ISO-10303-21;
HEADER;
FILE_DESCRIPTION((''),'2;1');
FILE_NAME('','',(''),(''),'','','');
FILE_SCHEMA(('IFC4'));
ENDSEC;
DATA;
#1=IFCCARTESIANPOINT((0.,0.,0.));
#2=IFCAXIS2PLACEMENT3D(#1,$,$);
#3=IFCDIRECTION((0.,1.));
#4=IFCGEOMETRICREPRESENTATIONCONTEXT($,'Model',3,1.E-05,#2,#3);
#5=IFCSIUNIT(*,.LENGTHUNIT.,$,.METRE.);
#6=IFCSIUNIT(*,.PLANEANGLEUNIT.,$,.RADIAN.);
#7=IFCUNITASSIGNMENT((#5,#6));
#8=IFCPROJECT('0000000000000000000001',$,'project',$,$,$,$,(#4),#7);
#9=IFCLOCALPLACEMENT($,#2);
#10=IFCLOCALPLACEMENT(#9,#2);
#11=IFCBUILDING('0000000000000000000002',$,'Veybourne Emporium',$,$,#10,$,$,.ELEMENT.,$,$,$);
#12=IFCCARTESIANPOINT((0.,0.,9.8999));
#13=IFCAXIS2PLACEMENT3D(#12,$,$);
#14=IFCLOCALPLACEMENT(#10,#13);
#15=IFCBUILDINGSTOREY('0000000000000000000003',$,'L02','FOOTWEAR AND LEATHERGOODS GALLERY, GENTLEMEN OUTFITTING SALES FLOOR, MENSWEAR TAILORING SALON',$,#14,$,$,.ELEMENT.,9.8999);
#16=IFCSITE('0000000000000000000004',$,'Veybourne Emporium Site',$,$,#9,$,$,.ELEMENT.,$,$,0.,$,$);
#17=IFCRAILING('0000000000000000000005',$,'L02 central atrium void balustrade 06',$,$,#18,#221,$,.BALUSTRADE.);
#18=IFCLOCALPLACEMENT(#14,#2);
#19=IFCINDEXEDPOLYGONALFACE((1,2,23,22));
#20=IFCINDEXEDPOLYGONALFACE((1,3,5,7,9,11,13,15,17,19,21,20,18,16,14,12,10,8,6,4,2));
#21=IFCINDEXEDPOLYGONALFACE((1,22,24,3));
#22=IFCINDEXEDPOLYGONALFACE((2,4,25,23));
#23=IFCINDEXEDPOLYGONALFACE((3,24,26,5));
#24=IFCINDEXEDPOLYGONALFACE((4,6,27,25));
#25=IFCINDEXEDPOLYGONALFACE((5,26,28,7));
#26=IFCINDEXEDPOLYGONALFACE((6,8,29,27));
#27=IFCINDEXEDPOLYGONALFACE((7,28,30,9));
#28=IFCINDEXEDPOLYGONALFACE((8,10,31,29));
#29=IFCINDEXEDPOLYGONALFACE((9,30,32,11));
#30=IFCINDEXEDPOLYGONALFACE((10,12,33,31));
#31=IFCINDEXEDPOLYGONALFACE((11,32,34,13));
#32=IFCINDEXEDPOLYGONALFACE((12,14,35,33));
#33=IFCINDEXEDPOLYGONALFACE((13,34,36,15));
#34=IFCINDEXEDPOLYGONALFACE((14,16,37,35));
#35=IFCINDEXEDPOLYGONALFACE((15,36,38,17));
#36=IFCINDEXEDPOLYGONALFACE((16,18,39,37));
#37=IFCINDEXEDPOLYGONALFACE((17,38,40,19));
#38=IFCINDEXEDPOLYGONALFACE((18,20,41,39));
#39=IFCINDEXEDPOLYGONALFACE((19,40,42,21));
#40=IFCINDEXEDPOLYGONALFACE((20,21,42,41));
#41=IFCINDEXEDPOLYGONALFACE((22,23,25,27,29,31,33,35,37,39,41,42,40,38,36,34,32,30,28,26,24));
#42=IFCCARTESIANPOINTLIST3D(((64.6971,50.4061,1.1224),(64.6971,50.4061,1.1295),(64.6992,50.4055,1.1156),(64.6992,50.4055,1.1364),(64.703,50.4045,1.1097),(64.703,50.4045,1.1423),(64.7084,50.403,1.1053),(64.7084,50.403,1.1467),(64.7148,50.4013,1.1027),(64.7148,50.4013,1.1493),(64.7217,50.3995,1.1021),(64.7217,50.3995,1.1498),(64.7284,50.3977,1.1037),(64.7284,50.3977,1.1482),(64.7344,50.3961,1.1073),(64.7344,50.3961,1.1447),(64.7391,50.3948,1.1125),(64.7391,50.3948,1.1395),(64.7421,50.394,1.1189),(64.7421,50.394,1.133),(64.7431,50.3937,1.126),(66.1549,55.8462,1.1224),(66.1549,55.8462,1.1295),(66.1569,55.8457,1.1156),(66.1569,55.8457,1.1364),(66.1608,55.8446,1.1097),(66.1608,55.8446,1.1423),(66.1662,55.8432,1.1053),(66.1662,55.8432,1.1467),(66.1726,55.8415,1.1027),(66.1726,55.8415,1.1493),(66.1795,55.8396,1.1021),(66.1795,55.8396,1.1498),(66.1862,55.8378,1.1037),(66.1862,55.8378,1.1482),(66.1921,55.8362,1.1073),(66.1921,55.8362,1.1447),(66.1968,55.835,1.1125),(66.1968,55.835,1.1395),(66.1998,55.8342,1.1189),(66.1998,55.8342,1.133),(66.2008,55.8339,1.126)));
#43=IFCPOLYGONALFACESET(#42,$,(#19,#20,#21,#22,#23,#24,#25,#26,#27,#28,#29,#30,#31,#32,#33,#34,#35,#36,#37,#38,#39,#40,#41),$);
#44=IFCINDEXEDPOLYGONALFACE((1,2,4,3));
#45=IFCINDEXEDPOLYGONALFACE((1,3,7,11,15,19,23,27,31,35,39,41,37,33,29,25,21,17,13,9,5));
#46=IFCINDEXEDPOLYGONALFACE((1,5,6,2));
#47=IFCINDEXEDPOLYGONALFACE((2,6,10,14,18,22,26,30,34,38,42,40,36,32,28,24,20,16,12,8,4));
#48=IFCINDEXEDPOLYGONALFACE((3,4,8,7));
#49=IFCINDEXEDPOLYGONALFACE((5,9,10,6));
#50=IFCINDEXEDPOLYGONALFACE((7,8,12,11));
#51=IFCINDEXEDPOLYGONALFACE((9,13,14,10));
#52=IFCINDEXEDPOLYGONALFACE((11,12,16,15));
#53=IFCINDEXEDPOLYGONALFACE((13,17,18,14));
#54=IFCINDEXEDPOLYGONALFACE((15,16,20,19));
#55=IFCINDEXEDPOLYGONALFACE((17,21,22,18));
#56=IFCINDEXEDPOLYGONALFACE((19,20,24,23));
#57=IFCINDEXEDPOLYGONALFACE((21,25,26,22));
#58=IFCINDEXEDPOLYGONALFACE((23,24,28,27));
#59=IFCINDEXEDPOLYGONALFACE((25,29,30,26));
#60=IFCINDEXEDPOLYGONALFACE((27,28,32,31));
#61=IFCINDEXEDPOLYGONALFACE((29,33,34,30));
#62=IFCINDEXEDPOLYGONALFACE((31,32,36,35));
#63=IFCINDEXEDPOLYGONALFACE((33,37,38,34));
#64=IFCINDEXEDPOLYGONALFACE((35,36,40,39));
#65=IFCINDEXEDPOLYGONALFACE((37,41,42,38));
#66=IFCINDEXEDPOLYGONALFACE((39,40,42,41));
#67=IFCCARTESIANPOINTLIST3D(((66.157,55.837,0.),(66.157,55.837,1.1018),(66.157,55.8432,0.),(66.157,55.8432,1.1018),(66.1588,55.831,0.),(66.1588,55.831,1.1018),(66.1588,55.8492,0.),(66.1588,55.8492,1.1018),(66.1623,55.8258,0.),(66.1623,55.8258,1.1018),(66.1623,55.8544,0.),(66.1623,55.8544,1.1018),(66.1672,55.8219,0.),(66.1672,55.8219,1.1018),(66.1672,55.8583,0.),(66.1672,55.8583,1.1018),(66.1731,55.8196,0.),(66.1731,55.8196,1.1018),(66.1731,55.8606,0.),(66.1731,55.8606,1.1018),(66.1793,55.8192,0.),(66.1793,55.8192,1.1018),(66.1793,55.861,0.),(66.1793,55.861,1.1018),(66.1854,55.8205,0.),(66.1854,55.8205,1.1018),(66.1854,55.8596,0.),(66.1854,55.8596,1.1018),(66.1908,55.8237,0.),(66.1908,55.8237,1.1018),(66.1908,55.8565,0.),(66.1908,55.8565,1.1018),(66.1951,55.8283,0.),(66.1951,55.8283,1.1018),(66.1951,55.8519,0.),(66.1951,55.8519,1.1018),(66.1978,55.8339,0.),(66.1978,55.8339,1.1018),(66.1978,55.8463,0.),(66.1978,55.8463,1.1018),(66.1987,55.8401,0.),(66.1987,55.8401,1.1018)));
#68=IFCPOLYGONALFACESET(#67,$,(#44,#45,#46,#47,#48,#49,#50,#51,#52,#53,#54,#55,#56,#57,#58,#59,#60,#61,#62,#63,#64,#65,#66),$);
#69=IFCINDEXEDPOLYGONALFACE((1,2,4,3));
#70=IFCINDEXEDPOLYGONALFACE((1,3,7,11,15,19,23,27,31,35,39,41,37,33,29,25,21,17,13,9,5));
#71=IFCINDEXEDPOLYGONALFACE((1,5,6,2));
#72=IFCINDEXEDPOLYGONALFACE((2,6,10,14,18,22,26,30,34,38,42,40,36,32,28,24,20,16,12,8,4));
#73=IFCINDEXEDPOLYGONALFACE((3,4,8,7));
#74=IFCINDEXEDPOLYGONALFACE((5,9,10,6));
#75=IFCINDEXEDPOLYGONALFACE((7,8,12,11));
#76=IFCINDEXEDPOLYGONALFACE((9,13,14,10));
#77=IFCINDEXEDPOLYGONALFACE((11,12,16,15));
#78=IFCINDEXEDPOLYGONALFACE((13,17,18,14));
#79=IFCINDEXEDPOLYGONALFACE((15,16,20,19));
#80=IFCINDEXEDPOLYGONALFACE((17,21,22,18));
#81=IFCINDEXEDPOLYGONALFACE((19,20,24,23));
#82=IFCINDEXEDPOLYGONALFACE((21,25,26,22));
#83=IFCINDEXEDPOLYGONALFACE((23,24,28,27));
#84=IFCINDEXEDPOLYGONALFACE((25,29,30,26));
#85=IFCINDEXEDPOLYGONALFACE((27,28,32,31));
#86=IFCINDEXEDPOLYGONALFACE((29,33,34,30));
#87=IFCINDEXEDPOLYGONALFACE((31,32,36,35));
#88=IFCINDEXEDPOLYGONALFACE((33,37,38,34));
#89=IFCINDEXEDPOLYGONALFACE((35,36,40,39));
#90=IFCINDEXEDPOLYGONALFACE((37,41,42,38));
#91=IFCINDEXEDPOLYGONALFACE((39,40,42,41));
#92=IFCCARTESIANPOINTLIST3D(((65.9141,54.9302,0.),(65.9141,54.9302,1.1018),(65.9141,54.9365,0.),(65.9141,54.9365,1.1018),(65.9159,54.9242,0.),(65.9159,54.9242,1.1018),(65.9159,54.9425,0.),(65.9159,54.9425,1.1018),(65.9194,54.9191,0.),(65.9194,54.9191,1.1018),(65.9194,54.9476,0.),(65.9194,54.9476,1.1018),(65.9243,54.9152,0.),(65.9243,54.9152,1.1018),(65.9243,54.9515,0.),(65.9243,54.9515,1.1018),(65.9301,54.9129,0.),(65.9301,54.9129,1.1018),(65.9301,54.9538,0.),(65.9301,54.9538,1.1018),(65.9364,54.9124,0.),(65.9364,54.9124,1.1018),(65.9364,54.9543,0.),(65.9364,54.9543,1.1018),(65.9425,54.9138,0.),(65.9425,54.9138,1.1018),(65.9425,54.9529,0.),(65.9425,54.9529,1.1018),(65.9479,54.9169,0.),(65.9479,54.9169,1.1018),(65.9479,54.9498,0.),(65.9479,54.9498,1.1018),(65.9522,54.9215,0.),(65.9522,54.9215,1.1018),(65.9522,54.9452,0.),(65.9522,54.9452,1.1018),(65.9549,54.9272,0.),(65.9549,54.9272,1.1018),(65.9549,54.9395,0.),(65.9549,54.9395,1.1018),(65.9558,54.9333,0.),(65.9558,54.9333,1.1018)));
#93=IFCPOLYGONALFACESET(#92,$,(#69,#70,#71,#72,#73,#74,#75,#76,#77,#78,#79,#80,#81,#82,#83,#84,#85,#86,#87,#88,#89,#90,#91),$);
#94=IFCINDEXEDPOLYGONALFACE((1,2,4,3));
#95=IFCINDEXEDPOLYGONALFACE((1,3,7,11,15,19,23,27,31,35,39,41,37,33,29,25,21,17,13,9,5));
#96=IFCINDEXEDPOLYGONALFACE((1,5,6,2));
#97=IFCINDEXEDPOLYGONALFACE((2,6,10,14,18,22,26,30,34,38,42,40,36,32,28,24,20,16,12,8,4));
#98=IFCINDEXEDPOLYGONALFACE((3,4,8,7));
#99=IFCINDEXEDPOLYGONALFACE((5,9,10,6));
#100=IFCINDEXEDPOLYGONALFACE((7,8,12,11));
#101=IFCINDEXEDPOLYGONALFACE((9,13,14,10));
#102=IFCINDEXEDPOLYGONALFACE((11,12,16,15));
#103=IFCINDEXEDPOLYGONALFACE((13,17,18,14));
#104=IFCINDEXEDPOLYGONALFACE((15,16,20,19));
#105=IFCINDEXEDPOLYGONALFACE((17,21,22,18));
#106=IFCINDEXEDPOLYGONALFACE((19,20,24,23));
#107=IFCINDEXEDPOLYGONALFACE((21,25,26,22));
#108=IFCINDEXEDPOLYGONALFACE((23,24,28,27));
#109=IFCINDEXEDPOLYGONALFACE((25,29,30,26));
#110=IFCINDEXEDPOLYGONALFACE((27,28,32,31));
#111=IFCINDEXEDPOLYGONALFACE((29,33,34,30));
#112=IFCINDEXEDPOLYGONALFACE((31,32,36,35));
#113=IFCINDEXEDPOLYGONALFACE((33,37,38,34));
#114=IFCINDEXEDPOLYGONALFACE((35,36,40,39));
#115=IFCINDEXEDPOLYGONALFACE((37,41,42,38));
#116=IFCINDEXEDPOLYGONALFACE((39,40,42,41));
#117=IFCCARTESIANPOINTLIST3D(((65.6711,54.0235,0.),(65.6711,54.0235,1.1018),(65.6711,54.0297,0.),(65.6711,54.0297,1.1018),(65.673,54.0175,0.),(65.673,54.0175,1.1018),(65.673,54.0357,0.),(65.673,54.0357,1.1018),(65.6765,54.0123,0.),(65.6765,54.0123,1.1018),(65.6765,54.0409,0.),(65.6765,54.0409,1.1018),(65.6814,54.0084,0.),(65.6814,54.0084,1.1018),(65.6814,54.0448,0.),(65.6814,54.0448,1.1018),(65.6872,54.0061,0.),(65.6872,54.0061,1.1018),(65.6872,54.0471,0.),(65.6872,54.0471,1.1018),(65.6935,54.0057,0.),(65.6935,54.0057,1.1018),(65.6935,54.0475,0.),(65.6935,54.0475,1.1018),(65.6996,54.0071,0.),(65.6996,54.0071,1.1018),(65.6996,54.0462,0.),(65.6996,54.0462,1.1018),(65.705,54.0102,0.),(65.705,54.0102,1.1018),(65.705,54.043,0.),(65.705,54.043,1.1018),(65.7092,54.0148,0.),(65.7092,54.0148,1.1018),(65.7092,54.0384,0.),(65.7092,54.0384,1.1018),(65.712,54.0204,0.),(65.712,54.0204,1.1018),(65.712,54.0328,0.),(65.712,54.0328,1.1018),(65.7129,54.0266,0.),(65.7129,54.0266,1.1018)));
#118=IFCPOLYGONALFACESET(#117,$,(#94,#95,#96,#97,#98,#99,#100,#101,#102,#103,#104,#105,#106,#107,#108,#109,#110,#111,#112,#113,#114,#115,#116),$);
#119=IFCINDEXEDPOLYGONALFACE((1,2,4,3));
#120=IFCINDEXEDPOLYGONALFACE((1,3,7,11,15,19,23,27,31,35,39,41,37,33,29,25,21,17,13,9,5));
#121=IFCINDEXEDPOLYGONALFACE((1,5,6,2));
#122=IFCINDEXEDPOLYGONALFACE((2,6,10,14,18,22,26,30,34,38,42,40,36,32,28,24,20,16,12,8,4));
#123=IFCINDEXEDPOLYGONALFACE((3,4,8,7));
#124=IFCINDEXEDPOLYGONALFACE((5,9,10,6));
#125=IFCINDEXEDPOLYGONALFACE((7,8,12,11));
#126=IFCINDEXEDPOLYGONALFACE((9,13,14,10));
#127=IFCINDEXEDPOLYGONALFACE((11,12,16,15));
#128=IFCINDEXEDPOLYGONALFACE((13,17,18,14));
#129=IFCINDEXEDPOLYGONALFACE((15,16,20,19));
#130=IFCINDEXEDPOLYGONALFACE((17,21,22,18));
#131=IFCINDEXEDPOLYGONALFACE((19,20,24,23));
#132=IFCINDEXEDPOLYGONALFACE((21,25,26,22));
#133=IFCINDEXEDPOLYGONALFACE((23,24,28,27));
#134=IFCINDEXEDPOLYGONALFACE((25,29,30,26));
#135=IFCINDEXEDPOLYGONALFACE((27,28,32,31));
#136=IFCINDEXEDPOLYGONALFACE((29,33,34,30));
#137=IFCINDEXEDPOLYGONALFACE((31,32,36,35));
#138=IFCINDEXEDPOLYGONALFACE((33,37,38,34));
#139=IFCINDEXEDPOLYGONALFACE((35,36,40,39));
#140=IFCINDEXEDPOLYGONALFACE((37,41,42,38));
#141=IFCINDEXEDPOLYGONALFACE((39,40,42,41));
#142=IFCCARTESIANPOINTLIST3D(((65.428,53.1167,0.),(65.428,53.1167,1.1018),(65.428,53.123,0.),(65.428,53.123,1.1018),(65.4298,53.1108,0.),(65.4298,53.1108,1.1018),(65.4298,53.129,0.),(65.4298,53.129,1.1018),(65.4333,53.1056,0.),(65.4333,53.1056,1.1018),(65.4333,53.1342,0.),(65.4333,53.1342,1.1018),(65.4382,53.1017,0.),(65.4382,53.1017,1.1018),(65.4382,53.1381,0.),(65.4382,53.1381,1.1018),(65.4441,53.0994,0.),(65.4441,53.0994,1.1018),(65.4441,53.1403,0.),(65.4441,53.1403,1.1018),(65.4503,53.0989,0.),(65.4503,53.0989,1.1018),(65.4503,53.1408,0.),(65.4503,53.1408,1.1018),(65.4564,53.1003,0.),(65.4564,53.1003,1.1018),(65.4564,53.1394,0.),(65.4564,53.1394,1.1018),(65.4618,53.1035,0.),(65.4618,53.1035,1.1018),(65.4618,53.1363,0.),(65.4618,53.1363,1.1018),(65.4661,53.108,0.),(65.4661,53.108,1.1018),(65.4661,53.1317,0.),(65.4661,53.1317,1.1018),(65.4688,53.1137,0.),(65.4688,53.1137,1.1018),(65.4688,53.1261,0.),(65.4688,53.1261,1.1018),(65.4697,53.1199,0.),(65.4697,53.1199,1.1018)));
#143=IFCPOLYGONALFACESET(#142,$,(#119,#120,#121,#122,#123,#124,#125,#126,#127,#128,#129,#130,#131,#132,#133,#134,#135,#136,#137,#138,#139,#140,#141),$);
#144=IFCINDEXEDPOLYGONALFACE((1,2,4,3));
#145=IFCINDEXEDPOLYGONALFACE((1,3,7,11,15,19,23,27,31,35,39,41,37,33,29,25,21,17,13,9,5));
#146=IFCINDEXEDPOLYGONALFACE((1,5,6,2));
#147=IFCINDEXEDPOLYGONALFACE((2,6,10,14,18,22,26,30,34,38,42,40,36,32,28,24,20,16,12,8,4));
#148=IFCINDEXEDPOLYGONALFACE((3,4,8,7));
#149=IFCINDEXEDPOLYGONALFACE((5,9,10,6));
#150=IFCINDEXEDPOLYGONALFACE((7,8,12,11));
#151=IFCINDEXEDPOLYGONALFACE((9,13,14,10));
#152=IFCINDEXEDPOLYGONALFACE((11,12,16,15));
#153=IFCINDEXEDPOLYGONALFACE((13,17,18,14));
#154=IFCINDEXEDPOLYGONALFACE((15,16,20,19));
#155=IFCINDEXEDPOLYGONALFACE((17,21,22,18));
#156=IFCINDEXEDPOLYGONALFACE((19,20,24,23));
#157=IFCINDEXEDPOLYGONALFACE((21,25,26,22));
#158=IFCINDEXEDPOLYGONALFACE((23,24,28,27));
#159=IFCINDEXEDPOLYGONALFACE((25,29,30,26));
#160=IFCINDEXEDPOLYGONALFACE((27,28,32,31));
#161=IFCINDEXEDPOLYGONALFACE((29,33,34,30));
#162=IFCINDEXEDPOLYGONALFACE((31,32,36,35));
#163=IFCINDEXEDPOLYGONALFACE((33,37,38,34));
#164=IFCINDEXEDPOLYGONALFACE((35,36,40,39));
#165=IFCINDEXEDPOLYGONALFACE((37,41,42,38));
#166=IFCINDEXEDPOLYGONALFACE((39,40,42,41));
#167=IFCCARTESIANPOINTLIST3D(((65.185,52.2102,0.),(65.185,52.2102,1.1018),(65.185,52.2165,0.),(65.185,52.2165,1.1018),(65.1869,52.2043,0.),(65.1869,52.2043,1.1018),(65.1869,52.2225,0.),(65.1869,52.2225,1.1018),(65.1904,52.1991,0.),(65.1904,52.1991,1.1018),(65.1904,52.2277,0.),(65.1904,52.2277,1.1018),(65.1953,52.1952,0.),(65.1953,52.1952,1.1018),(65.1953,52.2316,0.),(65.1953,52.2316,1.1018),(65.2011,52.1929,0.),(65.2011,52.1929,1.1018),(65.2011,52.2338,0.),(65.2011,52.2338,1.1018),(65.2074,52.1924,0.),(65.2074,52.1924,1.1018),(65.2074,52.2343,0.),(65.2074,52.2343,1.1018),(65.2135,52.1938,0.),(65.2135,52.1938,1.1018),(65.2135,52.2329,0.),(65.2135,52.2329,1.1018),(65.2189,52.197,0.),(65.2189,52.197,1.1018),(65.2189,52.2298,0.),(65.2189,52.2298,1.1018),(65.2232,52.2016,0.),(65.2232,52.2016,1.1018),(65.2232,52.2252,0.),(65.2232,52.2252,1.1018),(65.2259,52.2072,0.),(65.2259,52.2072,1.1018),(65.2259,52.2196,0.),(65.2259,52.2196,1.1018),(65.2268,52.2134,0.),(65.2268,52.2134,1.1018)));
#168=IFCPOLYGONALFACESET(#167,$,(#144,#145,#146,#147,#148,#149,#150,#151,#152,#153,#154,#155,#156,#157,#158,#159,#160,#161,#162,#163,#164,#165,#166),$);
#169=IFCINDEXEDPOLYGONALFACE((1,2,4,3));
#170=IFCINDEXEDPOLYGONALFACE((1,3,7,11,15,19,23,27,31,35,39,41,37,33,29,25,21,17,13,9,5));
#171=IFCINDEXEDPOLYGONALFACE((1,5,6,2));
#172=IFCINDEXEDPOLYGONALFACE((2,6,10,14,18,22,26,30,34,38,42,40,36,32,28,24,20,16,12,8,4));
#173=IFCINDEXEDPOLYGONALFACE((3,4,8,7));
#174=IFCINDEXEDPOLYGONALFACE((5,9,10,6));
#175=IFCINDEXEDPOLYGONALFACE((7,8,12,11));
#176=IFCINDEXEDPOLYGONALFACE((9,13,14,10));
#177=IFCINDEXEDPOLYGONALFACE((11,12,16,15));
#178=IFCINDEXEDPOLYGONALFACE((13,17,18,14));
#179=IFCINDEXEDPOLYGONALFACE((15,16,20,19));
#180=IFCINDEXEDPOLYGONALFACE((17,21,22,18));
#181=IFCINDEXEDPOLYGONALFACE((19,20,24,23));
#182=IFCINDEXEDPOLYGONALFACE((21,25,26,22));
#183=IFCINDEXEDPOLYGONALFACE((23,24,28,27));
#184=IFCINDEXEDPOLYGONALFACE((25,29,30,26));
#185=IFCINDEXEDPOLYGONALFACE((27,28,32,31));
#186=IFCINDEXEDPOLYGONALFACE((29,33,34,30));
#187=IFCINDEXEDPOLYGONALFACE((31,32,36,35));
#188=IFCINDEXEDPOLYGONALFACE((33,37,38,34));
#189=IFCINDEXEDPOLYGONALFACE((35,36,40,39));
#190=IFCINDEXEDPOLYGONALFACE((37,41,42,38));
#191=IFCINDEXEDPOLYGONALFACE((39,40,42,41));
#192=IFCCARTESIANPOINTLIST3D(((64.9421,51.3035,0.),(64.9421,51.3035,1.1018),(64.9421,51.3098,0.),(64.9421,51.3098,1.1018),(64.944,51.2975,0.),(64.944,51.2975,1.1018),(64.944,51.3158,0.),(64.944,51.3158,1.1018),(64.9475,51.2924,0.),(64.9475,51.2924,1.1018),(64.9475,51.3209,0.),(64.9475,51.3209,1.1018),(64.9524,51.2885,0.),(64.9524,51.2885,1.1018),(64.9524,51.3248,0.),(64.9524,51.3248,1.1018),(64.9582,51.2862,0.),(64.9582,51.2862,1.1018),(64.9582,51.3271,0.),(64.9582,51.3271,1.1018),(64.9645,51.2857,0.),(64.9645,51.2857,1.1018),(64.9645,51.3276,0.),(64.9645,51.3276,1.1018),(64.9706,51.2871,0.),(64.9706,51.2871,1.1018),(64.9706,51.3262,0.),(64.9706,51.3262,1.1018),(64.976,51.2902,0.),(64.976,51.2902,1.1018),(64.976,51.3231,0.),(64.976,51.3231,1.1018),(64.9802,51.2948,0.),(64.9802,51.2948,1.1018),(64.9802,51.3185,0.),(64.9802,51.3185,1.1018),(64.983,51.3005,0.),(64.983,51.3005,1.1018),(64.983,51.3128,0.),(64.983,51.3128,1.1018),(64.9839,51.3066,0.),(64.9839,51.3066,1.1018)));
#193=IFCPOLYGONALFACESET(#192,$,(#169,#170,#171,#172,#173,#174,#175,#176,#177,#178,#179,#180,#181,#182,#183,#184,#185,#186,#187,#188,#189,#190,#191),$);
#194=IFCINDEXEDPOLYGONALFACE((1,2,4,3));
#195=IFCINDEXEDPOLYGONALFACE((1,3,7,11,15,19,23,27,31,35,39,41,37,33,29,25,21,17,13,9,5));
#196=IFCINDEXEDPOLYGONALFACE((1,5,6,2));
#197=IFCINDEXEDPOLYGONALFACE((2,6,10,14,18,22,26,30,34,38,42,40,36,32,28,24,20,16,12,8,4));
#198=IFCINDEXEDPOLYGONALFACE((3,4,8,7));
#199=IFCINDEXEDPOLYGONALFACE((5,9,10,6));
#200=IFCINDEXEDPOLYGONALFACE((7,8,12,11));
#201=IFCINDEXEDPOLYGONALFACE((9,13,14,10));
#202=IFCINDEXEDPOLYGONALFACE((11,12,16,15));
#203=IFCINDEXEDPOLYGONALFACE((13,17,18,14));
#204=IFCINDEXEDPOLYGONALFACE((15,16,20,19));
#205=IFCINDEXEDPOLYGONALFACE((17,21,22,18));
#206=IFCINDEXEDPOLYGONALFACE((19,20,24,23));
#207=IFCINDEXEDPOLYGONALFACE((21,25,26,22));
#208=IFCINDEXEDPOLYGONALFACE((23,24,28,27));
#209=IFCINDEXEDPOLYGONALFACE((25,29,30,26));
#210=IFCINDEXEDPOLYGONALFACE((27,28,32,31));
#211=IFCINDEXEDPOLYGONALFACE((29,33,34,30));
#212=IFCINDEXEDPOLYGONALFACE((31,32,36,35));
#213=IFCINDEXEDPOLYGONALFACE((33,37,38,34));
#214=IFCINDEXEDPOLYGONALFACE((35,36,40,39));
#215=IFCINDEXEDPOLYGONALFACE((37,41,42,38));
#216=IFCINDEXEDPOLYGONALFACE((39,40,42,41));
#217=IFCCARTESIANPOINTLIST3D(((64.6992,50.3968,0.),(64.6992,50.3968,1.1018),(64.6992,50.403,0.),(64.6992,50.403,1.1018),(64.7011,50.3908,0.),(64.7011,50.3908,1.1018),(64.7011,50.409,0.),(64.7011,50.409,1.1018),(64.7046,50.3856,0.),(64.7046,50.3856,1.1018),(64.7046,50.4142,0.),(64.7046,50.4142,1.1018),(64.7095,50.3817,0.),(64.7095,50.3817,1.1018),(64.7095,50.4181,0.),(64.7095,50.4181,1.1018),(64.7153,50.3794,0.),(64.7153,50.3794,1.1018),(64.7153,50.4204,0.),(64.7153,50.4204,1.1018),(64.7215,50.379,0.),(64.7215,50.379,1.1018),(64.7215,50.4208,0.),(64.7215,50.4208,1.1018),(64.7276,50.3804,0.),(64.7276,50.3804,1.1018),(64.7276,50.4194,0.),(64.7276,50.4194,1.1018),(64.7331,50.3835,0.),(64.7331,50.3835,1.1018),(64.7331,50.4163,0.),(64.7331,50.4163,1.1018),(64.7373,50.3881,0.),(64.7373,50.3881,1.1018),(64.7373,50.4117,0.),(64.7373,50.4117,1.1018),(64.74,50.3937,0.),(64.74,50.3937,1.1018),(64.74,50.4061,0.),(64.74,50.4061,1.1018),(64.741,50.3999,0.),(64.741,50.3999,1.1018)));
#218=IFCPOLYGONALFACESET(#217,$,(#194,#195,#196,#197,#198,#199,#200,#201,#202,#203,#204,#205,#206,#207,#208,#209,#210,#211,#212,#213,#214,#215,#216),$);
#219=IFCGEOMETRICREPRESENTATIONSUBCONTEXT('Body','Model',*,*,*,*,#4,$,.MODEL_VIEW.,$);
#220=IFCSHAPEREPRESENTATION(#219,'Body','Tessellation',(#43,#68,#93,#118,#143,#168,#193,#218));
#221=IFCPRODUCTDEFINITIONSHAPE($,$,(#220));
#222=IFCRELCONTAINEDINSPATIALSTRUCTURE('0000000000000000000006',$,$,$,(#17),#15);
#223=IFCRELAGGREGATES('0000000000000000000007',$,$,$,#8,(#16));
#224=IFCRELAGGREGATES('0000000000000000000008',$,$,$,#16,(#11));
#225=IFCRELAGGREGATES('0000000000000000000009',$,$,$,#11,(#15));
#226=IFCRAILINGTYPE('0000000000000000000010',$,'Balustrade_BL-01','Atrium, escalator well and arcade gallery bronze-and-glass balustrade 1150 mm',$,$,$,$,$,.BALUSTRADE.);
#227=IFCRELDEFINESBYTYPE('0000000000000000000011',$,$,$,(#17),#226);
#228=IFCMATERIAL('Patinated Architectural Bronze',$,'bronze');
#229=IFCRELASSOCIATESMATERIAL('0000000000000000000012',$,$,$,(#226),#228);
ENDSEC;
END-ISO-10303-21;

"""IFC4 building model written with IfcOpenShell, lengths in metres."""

from ifc_helpers import new_model, si_unit, direction, frame, origin, origin_2d, place, context, subcontext, project, spatial, circle, extrude, material, type_object, element, save


model = new_model("IFC4")

# Units and contexts
model_context = context("Model", 3, precision=1e-05, world=origin(), true_north=direction((0.0, 1.0)))
body_context = subcontext(model_context, "Body", "Model", "MODEL_VIEW")
ifc_project = project(units=[si_unit("LENGTHUNIT", "METRE"), si_unit("PLANEANGLEUNIT", "RADIAN")], contexts=[model_context])

# Site, building, storey
site_placement = place(None, origin())
site = spatial("IfcSite", under=ifc_project, at=site_placement, Name="Veybourne Emporium Site", CompositionType="ELEMENT", RefElevation=0.0)
building_placement = place(site_placement, origin())
building = spatial("IfcBuilding", under=site, at=building_placement, Name="Veybourne Emporium", CompositionType="ELEMENT")
storey_placement = place(building_placement, frame((0.0, 0.0, 9.8999)))
storey = spatial("IfcBuildingStorey", under=building, at=storey_placement, Name="L02", Description="FOOTWEAR AND LEATHERGOODS GALLERY, GENTLEMEN OUTFITTING SALES FLOOR, MENSWEAR TAILORING SALON", CompositionType="ELEMENT", Elevation=9.8999)

# Railing
ifc_material_1 = material(Name="Patinated Architectural Bronze", Category="bronze")
railing_type = type_object("IfcRailingType", Name="Balustrade_BL-01", Description="Atrium, escalator well and arcade gallery bronze-and-glass balustrade 1150 mm", PredefinedType="BALUSTRADE", material=ifc_material_1)
railing_1_placement = place(storey_placement, frame((66.1777, 55.8401, 0.0)))
element("IfcRailing", 1, at=railing_1_placement, inside=storey, type_object=railing_type, Name="L02 central atrium void balustrade 06", PredefinedType="BALUSTRADE", context=body_context, shape_type="SweptSolid", body=[
    extrude(circle(Radius=0.0239, at=origin_2d()), frame((0.0, 0.0, 1.126), z_axis=(-0.258831, -0.965923, 0.0), x_axis=(0.965923, -0.258831, 0.0)), (0.0, 0.0, 1.0), 5.6321),
    extrude(circle(Radius=0.021, at=origin_2d()), origin(), (0.0, 0.0, 1.0), 1.1018),
    extrude(circle(Radius=0.021, at=origin_2d()), frame((-0.2429, -0.9067, 0.0)), (0.0, 0.0, 1.0), 1.1018),
    extrude(circle(Radius=0.021, at=origin_2d()), frame((-0.4858, -1.8135, 0.0)), (0.0, 0.0, 1.0), 1.1018),
    extrude(circle(Radius=0.021, at=origin_2d()), frame((-0.729, -2.7202, 0.0)), (0.0, 0.0, 1.0), 1.1018),
    extrude(circle(Radius=0.021, at=origin_2d()), frame((-0.9719, -3.6267, 0.0)), (0.0, 0.0, 1.0), 1.1018),
    extrude(circle(Radius=0.021, at=origin_2d()), frame((-1.2148, -4.5334, 0.0)), (0.0, 0.0, 1.0), 1.1018),
    extrude(circle(Radius=0.021, at=origin_2d()), frame((-1.4578, -5.4402, 0.0)), (0.0, 0.0, 1.0), 1.1018),
])

save(model, "model.ifc")
